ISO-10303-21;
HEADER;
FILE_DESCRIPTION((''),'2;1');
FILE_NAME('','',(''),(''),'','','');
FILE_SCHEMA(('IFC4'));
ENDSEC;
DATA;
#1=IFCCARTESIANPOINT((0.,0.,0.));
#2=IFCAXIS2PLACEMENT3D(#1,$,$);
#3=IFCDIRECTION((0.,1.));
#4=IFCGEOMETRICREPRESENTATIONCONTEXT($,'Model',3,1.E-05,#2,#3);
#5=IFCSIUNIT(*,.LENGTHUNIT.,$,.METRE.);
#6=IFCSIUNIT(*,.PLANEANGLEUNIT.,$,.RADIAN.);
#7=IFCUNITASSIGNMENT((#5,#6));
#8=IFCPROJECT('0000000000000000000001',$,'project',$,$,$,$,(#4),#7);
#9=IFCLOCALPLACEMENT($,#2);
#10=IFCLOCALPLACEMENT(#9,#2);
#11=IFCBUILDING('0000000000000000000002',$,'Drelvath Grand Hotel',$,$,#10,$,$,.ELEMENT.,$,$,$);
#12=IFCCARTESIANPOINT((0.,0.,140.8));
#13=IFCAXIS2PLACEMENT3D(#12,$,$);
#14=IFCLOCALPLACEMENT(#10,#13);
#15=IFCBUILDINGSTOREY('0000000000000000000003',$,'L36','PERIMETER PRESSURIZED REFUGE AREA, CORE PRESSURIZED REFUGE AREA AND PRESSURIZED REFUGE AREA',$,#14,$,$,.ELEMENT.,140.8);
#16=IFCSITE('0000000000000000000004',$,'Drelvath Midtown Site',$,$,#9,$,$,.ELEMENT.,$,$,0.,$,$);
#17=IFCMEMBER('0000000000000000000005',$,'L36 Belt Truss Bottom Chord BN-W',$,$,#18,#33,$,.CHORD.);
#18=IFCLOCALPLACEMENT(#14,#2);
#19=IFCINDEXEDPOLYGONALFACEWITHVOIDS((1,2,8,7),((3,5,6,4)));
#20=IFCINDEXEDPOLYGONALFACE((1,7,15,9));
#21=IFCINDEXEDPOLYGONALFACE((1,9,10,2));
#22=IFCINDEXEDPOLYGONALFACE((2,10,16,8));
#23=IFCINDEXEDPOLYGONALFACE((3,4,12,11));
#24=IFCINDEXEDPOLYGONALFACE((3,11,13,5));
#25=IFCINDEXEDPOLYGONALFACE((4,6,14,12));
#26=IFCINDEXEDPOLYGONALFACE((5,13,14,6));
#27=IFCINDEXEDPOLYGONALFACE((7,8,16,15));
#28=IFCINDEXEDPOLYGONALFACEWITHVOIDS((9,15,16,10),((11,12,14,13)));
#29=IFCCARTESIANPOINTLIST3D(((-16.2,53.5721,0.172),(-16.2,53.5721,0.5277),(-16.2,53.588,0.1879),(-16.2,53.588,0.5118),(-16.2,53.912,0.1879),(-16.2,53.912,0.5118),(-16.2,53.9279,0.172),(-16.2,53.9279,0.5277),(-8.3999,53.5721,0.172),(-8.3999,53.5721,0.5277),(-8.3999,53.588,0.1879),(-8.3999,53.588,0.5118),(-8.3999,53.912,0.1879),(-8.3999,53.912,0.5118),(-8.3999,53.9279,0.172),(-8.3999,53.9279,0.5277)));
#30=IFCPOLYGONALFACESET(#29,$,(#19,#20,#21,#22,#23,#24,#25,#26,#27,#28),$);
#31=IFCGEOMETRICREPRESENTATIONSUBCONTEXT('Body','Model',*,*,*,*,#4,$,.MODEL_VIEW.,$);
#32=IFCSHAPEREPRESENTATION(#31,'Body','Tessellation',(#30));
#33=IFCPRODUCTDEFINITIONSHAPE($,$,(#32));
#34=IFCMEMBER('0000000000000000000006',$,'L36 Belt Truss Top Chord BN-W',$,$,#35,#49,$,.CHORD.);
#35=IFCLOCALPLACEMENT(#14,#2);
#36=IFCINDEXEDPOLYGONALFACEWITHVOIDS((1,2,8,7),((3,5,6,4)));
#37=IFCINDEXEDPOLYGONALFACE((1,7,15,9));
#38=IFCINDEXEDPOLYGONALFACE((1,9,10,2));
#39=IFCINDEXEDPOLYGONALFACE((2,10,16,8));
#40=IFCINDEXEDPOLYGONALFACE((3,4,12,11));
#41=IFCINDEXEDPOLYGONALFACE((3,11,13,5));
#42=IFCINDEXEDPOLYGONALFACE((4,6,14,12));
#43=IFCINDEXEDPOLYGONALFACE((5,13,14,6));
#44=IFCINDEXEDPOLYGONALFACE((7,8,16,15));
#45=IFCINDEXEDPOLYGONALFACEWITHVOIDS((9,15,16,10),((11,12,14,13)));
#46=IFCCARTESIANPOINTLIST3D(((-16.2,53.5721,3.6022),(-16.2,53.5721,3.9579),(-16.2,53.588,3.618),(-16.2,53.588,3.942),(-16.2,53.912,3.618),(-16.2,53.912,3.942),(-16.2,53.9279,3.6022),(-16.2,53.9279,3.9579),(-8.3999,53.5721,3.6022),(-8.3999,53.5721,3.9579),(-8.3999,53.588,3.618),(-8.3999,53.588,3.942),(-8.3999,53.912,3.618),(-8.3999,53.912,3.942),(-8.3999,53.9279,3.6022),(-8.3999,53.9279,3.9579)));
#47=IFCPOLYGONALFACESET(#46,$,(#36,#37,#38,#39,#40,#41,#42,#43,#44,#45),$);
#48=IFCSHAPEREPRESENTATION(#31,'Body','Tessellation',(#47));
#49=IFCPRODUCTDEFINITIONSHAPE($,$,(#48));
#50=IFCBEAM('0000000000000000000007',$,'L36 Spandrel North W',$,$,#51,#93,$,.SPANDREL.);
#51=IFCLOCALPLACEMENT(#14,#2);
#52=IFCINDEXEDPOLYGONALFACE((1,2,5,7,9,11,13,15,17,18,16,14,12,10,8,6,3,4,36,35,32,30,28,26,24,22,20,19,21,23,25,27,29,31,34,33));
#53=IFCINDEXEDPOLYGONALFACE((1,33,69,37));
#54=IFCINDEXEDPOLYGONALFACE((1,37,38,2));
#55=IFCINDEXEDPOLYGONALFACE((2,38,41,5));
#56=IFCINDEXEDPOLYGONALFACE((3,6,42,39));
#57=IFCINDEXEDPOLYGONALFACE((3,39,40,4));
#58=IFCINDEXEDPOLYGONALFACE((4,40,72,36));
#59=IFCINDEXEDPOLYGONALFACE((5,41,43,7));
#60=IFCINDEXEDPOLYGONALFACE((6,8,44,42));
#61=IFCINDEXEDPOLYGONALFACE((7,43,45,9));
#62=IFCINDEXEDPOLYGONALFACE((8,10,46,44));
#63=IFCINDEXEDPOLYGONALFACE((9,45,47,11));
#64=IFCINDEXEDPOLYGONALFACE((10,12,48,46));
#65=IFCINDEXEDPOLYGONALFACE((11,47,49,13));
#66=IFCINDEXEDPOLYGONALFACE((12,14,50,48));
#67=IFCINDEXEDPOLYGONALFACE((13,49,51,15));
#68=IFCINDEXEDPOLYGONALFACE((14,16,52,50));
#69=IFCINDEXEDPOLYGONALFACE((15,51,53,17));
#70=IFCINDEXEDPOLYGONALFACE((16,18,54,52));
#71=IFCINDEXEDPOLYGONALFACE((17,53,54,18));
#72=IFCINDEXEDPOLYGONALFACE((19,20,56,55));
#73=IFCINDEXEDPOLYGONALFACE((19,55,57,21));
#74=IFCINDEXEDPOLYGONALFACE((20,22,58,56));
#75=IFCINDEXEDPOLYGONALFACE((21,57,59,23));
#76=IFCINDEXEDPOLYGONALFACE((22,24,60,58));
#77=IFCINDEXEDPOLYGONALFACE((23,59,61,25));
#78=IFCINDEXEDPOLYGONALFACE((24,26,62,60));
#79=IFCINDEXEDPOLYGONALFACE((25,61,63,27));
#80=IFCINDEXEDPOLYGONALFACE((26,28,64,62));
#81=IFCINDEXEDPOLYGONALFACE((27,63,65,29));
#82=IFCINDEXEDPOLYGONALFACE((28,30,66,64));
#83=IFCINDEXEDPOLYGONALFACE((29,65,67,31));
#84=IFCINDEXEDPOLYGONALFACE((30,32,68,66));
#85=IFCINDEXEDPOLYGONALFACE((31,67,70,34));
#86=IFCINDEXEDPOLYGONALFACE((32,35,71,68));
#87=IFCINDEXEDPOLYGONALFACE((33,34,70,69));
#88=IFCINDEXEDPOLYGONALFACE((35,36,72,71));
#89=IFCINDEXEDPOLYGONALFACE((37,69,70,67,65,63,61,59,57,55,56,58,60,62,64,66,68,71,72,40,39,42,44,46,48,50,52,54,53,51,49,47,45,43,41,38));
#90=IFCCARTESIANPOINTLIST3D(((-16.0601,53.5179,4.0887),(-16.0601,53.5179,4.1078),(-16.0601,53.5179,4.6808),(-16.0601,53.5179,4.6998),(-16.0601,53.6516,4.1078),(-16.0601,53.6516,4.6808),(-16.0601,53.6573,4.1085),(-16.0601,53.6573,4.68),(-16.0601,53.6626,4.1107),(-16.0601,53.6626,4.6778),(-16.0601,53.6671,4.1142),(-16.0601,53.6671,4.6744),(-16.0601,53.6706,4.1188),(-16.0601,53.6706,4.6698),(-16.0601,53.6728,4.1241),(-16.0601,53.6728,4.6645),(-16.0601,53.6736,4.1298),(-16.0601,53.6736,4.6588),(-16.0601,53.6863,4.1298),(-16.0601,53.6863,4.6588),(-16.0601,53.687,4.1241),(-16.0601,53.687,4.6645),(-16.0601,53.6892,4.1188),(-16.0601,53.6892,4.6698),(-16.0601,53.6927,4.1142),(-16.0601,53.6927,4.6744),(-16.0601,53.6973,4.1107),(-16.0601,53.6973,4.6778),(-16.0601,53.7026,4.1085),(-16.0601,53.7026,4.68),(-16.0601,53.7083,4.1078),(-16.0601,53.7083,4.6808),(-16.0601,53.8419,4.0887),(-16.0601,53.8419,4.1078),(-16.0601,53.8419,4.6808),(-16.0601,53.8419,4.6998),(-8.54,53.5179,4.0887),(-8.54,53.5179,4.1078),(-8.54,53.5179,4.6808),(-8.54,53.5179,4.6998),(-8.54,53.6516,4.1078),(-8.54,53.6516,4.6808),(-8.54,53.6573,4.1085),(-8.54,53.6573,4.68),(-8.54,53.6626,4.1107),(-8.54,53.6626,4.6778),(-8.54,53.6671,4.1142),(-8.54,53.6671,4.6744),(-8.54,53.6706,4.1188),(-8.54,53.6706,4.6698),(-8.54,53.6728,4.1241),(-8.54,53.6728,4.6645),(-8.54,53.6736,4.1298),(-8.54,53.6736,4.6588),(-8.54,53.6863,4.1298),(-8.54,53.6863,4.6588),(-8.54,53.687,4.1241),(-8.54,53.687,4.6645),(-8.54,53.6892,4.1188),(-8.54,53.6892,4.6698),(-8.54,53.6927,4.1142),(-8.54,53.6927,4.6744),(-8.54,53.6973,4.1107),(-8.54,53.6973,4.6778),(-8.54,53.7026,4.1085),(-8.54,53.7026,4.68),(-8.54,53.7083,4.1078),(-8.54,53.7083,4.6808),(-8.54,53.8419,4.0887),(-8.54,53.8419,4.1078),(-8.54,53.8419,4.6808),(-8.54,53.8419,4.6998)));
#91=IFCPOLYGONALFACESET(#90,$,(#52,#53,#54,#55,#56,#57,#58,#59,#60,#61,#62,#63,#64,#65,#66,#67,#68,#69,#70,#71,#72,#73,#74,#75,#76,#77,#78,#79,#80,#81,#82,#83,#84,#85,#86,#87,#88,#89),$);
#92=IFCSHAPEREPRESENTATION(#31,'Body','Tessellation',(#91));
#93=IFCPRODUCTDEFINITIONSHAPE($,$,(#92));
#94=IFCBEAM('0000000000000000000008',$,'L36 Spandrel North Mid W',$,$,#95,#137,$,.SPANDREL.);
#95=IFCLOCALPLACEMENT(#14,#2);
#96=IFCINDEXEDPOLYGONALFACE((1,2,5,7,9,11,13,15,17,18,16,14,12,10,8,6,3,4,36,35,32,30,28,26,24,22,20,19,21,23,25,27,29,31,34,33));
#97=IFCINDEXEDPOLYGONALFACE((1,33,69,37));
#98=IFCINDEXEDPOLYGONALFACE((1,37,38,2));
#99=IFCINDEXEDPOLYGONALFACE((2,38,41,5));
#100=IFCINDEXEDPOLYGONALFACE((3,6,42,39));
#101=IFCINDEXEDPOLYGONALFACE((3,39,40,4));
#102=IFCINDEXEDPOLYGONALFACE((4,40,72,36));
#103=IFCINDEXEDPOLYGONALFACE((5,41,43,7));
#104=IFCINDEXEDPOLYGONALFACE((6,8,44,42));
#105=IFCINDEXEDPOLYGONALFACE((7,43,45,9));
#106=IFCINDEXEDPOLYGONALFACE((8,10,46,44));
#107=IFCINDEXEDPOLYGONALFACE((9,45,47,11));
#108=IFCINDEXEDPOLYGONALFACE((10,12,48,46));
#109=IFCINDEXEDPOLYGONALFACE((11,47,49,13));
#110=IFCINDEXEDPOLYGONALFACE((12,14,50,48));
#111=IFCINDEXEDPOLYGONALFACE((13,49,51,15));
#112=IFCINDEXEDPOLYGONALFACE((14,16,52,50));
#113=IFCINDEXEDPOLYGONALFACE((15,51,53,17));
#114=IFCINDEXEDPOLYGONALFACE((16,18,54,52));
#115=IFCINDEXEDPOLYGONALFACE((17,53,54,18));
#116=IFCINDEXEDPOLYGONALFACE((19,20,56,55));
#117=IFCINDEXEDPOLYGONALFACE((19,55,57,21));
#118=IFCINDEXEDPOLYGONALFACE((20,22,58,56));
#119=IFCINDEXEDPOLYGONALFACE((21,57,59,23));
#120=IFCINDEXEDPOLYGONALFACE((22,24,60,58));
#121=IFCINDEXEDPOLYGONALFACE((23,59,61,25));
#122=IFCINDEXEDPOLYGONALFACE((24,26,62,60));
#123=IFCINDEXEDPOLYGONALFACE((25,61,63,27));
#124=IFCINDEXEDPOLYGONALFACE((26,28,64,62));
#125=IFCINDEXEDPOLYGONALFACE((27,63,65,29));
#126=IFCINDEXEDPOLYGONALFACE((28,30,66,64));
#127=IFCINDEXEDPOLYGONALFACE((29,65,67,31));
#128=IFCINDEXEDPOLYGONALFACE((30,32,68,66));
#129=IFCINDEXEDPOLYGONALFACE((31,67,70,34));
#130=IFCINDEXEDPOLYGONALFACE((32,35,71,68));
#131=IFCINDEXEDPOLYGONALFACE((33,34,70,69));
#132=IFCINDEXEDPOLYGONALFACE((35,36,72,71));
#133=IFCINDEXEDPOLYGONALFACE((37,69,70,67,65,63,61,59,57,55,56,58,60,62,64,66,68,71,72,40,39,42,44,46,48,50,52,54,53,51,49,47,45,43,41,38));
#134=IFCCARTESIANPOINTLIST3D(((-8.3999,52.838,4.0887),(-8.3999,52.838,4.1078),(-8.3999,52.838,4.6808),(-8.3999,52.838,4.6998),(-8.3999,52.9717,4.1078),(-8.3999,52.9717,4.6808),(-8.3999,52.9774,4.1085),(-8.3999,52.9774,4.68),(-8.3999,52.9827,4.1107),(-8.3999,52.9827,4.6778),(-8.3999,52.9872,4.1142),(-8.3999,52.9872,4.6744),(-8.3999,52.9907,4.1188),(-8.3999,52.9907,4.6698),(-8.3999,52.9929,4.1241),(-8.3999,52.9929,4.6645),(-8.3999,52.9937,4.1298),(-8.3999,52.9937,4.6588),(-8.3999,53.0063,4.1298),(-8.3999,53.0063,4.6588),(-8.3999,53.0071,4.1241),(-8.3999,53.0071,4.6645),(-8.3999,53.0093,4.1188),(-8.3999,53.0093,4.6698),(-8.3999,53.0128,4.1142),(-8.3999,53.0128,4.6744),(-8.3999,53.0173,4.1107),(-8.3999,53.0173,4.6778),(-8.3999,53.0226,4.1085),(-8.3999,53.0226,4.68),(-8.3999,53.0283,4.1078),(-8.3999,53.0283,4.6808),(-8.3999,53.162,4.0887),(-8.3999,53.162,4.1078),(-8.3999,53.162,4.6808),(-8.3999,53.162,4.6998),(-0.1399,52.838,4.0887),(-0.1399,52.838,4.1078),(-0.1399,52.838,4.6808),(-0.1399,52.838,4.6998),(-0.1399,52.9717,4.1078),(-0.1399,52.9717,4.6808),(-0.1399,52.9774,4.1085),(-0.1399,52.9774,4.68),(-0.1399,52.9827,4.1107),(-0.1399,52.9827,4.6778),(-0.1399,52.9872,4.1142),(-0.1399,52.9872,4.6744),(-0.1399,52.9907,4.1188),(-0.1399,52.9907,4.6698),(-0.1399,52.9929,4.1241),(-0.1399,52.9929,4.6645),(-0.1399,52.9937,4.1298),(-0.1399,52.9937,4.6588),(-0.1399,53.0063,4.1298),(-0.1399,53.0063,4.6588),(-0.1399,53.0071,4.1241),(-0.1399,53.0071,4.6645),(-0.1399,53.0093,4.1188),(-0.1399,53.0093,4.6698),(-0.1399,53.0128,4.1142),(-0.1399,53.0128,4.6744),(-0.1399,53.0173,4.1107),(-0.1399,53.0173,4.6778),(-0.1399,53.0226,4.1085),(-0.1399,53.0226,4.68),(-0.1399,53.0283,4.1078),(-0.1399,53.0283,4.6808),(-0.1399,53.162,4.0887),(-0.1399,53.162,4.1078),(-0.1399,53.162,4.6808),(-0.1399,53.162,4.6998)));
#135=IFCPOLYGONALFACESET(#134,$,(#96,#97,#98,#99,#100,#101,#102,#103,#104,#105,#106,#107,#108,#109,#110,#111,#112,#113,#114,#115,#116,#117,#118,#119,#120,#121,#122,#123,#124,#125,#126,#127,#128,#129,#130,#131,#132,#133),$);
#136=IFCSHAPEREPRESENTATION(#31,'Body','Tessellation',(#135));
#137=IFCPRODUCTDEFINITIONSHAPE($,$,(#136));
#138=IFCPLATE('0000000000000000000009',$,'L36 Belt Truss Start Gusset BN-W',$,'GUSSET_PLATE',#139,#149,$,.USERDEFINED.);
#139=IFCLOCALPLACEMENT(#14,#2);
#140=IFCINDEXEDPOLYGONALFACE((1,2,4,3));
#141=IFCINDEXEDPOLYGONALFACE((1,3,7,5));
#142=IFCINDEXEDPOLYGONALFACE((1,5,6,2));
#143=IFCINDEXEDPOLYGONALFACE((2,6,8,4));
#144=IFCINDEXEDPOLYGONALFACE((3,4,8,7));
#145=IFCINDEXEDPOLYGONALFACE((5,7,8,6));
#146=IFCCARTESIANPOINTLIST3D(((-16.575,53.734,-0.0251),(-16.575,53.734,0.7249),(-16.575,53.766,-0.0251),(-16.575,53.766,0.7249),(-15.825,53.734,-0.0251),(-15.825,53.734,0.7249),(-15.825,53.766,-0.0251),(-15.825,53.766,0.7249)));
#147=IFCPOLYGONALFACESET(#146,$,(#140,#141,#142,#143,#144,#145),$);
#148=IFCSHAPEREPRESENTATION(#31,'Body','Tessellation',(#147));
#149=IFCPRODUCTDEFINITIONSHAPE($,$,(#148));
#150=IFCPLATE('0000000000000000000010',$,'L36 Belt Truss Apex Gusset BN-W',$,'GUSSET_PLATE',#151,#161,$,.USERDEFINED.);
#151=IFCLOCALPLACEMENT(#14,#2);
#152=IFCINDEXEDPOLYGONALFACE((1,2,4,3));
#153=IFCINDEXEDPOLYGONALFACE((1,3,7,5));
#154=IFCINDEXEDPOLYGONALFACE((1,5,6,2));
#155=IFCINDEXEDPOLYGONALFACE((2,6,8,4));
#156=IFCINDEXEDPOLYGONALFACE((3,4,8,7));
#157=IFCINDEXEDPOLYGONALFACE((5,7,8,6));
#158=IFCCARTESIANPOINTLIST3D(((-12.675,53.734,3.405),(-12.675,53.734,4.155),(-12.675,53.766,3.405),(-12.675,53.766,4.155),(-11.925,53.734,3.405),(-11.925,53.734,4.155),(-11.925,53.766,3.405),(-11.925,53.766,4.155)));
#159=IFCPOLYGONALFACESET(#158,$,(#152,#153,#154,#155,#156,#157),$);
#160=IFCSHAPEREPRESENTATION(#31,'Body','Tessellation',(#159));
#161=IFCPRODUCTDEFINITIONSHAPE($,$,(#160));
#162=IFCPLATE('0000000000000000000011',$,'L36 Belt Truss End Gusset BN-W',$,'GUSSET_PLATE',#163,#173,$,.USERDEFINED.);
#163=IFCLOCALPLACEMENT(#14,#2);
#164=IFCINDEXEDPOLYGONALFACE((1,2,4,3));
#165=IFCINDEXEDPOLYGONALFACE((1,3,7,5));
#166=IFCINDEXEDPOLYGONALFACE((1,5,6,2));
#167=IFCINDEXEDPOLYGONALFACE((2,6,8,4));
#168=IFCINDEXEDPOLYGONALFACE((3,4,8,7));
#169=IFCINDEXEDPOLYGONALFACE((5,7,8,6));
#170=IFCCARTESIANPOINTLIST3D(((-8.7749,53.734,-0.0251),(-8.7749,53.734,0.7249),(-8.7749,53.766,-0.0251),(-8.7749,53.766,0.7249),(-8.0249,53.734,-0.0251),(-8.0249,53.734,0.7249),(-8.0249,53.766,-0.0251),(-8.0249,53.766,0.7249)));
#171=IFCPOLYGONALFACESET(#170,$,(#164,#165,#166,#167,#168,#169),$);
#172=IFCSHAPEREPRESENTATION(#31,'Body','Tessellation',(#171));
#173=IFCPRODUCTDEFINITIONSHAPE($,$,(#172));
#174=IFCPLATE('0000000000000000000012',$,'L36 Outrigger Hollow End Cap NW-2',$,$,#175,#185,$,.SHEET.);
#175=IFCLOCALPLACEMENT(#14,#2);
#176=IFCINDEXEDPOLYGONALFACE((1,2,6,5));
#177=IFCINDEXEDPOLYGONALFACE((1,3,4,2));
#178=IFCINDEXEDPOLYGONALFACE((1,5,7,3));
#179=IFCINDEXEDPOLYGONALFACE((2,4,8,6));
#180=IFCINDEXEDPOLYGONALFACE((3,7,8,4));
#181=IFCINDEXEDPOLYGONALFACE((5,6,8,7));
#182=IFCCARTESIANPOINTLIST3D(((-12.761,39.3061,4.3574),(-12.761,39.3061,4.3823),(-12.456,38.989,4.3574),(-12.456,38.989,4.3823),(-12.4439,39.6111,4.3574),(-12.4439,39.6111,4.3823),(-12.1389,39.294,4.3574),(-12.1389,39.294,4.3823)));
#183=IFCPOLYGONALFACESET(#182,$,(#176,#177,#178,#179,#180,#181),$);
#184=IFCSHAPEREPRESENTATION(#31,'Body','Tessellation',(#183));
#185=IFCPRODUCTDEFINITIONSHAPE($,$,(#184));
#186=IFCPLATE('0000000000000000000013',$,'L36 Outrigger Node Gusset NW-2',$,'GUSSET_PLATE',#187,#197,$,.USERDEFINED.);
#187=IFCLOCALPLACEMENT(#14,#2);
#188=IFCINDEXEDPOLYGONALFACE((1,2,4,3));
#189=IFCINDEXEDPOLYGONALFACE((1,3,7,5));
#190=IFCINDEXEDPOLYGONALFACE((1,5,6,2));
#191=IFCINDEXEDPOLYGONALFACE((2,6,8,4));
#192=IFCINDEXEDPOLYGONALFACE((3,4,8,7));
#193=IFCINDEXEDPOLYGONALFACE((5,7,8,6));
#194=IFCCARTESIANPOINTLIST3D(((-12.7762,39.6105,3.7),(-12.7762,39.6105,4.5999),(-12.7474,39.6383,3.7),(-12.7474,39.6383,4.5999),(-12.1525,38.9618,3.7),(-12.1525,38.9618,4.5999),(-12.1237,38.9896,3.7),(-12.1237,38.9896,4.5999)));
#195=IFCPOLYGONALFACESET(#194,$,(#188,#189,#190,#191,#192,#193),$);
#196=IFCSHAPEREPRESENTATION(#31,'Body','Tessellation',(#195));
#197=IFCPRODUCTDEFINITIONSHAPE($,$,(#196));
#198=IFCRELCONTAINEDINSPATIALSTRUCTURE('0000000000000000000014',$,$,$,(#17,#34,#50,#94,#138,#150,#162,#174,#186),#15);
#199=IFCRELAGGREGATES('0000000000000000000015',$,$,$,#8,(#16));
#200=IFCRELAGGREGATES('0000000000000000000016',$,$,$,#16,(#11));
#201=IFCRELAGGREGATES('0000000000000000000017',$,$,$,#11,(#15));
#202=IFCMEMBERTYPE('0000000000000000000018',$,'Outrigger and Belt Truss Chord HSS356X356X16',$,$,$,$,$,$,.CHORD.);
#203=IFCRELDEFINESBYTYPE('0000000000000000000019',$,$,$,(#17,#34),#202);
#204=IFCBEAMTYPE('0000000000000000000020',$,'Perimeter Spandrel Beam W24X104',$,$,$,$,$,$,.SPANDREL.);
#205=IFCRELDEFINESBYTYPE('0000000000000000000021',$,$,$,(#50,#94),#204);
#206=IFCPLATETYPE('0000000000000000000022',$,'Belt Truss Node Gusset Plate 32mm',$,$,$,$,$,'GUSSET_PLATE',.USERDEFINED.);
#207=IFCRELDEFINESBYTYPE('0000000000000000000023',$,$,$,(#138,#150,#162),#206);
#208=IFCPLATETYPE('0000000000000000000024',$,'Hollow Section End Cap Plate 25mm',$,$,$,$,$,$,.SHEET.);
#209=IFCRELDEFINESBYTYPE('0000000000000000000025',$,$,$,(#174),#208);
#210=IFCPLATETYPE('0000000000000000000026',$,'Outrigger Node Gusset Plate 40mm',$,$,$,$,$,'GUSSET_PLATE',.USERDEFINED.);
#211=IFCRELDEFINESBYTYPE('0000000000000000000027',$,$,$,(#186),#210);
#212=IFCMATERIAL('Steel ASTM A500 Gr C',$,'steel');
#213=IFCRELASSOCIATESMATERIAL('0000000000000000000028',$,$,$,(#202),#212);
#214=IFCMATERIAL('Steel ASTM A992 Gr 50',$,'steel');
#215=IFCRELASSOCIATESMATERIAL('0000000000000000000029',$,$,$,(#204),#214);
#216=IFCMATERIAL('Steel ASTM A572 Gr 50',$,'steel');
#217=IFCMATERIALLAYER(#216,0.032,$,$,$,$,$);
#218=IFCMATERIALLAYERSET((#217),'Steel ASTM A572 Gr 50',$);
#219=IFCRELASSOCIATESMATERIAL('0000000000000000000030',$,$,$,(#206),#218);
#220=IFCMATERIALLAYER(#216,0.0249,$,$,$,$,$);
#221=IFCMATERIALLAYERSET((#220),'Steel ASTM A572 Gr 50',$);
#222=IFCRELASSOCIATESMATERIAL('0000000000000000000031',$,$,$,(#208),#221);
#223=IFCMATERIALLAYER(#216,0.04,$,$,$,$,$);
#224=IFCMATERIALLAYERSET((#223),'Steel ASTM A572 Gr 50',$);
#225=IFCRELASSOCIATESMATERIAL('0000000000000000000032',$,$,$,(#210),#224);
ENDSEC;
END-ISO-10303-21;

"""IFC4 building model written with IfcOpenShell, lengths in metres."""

from ifc_helpers import new_model, si_unit, direction, frame, origin, origin_2d, place, context, subcontext, project, spatial, rectangle, hollow_rectangle, i_section, extrude, material, layer, layer_set, material_profile, profile_set, type_object, element, save


model = new_model("IFC4")

# Units and contexts
model_context = context("Model", 3, precision=1e-05, world=origin(), true_north=direction((0.0, 1.0)))
body_context = subcontext(model_context, "Body", "Model", "MODEL_VIEW")
ifc_project = project(units=[si_unit("LENGTHUNIT", "METRE"), si_unit("PLANEANGLEUNIT", "RADIAN")], contexts=[model_context])

# Site, building, storey
site_placement = place(None, origin())
site = spatial("IfcSite", under=ifc_project, at=site_placement, Name="Drelvath Midtown Site", CompositionType="ELEMENT", RefElevation=0.0)
building_placement = place(site_placement, origin())
building = spatial("IfcBuilding", under=site, at=building_placement, Name="Drelvath Grand Hotel", CompositionType="ELEMENT")
storey_placement = place(building_placement, frame((0.0, 0.0, 140.8)))
storey = spatial("IfcBuildingStorey", under=building, at=storey_placement, Name="L36", Description="PERIMETER PRESSURIZED REFUGE AREA, CORE PRESSURIZED REFUGE AREA AND PRESSURIZED REFUGE AREA", CompositionType="ELEMENT", Elevation=140.8)

# Shared definitions
ifc_material_1 = material(Name="Steel ASTM A572 Gr 50", Category="steel")

# Members
ifc_material_2 = material(Name="Steel ASTM A500 Gr C", Category="steel")
ifc_material_profile_1 = material_profile(ifc_material_2, hollow_rectangle(XDim=0.3557, YDim=0.3557, WallThickness=0.0159, at=origin_2d()), Name="HSS356X356X16")
ifc_profile_set_1 = profile_set([ifc_material_profile_1], Name="Steel ASTM A500 Gr C")
member_type_1 = type_object("IfcMemberType", Name="Outrigger and Belt Truss Chord HSS356X356X16", PredefinedType="CHORD", material=ifc_profile_set_1)
for number, where, z_axis, x_axis, name in (
    (1, (-16.2, 53.75, 0.3499), (1.0, 0.0, 0.0), (0.0, 1.0, 0.0), "L36 Belt Truss Bottom Chord BN-W"),
    (2, (-16.2, 53.75, 3.78), (1.0, 0.0, 0.0), (0.0, 1.0, 0.0), "L36 Belt Truss Top Chord BN-W"),
):
    element("IfcMember", number, at=place(storey_placement, frame(where, z_axis=z_axis, x_axis=x_axis)), inside=storey, type_object=member_type_1, Name=name, PredefinedType="CHORD", context=body_context, shape_type="SweptSolid", body=[
        extrude(hollow_rectangle(XDim=0.3557, YDim=0.3557, WallThickness=0.0159, at=origin_2d()), origin(), (0.0, 0.0, 1.0), 7.8),
    ])

# Beams
ifc_material_3 = material(Name="Steel ASTM A992 Gr 50", Category="steel")
ifc_material_profile_2 = material_profile(ifc_material_3, i_section(OverallWidth=0.324, OverallDepth=0.6111, WebThickness=0.0127, FlangeThickness=0.019, FilletRadius=0.022, at=origin_2d()), Name="W24X104")
ifc_profile_set_2 = profile_set([ifc_material_profile_2], Name="Steel ASTM A992 Gr 50")
beam_type_1 = type_object("IfcBeamType", Name="Perimeter Spandrel Beam W24X104", PredefinedType="SPANDREL", material=ifc_profile_set_2)
beam_1_placement = place(storey_placement, frame((-16.0601, 53.6799, 4.3943), z_axis=(1.0, 0.0, 0.0), x_axis=(0.0, 1.0, 0.0)))
element("IfcBeam", 3, at=beam_1_placement, inside=storey, type_object=beam_type_1, Name="L36 Spandrel North W", PredefinedType="SPANDREL", context=body_context, shape_type="SweptSolid", body=[
    extrude(i_section(OverallWidth=0.324, OverallDepth=0.6111, WebThickness=0.0127, FlangeThickness=0.019, FilletRadius=0.022, at=origin_2d()), origin(), (0.0, 0.0, 1.0), 7.52),
])
beam_2_placement = place(storey_placement, frame((-8.3999, 53.0, 4.3943), z_axis=(1.0, 0.0, 0.0), x_axis=(0.0, 1.0, 0.0)))
element("IfcBeam", 4, at=beam_2_placement, inside=storey, type_object=beam_type_1, Name="L36 Spandrel North Mid W", PredefinedType="SPANDREL", context=body_context, shape_type="SweptSolid", body=[
    extrude(i_section(OverallWidth=0.324, OverallDepth=0.6111, WebThickness=0.0127, FlangeThickness=0.019, FilletRadius=0.022, at=origin_2d()), origin(), (0.0, 0.0, 1.0), 8.26),
])

# Plates
ifc_layer_1 = layer(ifc_material_1, 0.032)
ifc_layer_set_1 = layer_set([ifc_layer_1], Name="Steel ASTM A572 Gr 50")
plate_type_1 = type_object("IfcPlateType", Name="Belt Truss Node Gusset Plate 32mm", ElementType="GUSSET_PLATE", PredefinedType="USERDEFINED", material=ifc_layer_set_1)
for number, where, z_axis, x_axis, name in (
    (5, (-16.2, 53.75, -0.0251), (0.0, 0.0, 1.0), (1.0, 0.0, 0.0), "L36 Belt Truss Start Gusset BN-W"),
    (6, (-12.3, 53.75, 3.405), (0.0, 0.0, 1.0), (1.0, 0.0, 0.0), "L36 Belt Truss Apex Gusset BN-W"),
    (7, (-8.3999, 53.75, -0.0251), (0.0, 0.0, 1.0), (1.0, 0.0, 0.0), "L36 Belt Truss End Gusset BN-W"),
):
    element("IfcPlate", number, at=place(storey_placement, frame(where, z_axis=z_axis, x_axis=x_axis)), inside=storey, type_object=plate_type_1, Name=name, ObjectType="GUSSET_PLATE", PredefinedType="USERDEFINED", context=body_context, shape_type="SweptSolid", body=[
        extrude(rectangle(XDim=0.75, YDim=0.032, at=origin_2d()), origin(), (0.0, 0.0, 1.0), 0.75),
    ])
ifc_layer_2 = layer(ifc_material_1, 0.0249)
ifc_layer_set_2 = layer_set([ifc_layer_2], Name="Steel ASTM A572 Gr 50")
plate_type_2 = type_object("IfcPlateType", Name="Hollow Section End Cap Plate 25mm", PredefinedType="SHEET", material=ifc_layer_set_2)
plate_1_placement = place(storey_placement, frame((-12.45, 39.3, 4.3574), z_axis=(0.0, 0.0, 1.0), x_axis=(-0.693109, 0.720833, 0.0)))
element("IfcPlate", 8, at=plate_1_placement, inside=storey, type_object=plate_type_2, Name="L36 Outrigger Hollow End Cap NW-2", PredefinedType="SHEET", context=body_context, shape_type="SweptSolid", body=[
    extrude(rectangle(XDim=0.4399, YDim=0.4399, at=origin_2d()), origin(), (0.0, 0.0, 1.0), 0.0249),
])
ifc_layer_3 = layer(ifc_material_1, 0.04)
ifc_layer_set_3 = layer_set([ifc_layer_3], Name="Steel ASTM A572 Gr 50")
plate_type_3 = type_object("IfcPlateType", Name="Outrigger Node Gusset Plate 40mm", ElementType="GUSSET_PLATE", PredefinedType="USERDEFINED", material=ifc_layer_set_3)
plate_2_placement = place(storey_placement, frame((-12.45, 39.3, 3.7), z_axis=(0.0, 0.0, 1.0), x_axis=(-0.693109, 0.720833, 0.0)))
element("IfcPlate", 9, at=plate_2_placement, inside=storey, type_object=plate_type_3, Name="L36 Outrigger Node Gusset NW-2", ObjectType="GUSSET_PLATE", PredefinedType="USERDEFINED", context=body_context, shape_type="SweptSolid", body=[
    extrude(rectangle(XDim=0.8999, YDim=0.04, at=origin_2d()), origin(), (0.0, 0.0, 1.0), 0.8999),
])

save(model, "model.ifc")
